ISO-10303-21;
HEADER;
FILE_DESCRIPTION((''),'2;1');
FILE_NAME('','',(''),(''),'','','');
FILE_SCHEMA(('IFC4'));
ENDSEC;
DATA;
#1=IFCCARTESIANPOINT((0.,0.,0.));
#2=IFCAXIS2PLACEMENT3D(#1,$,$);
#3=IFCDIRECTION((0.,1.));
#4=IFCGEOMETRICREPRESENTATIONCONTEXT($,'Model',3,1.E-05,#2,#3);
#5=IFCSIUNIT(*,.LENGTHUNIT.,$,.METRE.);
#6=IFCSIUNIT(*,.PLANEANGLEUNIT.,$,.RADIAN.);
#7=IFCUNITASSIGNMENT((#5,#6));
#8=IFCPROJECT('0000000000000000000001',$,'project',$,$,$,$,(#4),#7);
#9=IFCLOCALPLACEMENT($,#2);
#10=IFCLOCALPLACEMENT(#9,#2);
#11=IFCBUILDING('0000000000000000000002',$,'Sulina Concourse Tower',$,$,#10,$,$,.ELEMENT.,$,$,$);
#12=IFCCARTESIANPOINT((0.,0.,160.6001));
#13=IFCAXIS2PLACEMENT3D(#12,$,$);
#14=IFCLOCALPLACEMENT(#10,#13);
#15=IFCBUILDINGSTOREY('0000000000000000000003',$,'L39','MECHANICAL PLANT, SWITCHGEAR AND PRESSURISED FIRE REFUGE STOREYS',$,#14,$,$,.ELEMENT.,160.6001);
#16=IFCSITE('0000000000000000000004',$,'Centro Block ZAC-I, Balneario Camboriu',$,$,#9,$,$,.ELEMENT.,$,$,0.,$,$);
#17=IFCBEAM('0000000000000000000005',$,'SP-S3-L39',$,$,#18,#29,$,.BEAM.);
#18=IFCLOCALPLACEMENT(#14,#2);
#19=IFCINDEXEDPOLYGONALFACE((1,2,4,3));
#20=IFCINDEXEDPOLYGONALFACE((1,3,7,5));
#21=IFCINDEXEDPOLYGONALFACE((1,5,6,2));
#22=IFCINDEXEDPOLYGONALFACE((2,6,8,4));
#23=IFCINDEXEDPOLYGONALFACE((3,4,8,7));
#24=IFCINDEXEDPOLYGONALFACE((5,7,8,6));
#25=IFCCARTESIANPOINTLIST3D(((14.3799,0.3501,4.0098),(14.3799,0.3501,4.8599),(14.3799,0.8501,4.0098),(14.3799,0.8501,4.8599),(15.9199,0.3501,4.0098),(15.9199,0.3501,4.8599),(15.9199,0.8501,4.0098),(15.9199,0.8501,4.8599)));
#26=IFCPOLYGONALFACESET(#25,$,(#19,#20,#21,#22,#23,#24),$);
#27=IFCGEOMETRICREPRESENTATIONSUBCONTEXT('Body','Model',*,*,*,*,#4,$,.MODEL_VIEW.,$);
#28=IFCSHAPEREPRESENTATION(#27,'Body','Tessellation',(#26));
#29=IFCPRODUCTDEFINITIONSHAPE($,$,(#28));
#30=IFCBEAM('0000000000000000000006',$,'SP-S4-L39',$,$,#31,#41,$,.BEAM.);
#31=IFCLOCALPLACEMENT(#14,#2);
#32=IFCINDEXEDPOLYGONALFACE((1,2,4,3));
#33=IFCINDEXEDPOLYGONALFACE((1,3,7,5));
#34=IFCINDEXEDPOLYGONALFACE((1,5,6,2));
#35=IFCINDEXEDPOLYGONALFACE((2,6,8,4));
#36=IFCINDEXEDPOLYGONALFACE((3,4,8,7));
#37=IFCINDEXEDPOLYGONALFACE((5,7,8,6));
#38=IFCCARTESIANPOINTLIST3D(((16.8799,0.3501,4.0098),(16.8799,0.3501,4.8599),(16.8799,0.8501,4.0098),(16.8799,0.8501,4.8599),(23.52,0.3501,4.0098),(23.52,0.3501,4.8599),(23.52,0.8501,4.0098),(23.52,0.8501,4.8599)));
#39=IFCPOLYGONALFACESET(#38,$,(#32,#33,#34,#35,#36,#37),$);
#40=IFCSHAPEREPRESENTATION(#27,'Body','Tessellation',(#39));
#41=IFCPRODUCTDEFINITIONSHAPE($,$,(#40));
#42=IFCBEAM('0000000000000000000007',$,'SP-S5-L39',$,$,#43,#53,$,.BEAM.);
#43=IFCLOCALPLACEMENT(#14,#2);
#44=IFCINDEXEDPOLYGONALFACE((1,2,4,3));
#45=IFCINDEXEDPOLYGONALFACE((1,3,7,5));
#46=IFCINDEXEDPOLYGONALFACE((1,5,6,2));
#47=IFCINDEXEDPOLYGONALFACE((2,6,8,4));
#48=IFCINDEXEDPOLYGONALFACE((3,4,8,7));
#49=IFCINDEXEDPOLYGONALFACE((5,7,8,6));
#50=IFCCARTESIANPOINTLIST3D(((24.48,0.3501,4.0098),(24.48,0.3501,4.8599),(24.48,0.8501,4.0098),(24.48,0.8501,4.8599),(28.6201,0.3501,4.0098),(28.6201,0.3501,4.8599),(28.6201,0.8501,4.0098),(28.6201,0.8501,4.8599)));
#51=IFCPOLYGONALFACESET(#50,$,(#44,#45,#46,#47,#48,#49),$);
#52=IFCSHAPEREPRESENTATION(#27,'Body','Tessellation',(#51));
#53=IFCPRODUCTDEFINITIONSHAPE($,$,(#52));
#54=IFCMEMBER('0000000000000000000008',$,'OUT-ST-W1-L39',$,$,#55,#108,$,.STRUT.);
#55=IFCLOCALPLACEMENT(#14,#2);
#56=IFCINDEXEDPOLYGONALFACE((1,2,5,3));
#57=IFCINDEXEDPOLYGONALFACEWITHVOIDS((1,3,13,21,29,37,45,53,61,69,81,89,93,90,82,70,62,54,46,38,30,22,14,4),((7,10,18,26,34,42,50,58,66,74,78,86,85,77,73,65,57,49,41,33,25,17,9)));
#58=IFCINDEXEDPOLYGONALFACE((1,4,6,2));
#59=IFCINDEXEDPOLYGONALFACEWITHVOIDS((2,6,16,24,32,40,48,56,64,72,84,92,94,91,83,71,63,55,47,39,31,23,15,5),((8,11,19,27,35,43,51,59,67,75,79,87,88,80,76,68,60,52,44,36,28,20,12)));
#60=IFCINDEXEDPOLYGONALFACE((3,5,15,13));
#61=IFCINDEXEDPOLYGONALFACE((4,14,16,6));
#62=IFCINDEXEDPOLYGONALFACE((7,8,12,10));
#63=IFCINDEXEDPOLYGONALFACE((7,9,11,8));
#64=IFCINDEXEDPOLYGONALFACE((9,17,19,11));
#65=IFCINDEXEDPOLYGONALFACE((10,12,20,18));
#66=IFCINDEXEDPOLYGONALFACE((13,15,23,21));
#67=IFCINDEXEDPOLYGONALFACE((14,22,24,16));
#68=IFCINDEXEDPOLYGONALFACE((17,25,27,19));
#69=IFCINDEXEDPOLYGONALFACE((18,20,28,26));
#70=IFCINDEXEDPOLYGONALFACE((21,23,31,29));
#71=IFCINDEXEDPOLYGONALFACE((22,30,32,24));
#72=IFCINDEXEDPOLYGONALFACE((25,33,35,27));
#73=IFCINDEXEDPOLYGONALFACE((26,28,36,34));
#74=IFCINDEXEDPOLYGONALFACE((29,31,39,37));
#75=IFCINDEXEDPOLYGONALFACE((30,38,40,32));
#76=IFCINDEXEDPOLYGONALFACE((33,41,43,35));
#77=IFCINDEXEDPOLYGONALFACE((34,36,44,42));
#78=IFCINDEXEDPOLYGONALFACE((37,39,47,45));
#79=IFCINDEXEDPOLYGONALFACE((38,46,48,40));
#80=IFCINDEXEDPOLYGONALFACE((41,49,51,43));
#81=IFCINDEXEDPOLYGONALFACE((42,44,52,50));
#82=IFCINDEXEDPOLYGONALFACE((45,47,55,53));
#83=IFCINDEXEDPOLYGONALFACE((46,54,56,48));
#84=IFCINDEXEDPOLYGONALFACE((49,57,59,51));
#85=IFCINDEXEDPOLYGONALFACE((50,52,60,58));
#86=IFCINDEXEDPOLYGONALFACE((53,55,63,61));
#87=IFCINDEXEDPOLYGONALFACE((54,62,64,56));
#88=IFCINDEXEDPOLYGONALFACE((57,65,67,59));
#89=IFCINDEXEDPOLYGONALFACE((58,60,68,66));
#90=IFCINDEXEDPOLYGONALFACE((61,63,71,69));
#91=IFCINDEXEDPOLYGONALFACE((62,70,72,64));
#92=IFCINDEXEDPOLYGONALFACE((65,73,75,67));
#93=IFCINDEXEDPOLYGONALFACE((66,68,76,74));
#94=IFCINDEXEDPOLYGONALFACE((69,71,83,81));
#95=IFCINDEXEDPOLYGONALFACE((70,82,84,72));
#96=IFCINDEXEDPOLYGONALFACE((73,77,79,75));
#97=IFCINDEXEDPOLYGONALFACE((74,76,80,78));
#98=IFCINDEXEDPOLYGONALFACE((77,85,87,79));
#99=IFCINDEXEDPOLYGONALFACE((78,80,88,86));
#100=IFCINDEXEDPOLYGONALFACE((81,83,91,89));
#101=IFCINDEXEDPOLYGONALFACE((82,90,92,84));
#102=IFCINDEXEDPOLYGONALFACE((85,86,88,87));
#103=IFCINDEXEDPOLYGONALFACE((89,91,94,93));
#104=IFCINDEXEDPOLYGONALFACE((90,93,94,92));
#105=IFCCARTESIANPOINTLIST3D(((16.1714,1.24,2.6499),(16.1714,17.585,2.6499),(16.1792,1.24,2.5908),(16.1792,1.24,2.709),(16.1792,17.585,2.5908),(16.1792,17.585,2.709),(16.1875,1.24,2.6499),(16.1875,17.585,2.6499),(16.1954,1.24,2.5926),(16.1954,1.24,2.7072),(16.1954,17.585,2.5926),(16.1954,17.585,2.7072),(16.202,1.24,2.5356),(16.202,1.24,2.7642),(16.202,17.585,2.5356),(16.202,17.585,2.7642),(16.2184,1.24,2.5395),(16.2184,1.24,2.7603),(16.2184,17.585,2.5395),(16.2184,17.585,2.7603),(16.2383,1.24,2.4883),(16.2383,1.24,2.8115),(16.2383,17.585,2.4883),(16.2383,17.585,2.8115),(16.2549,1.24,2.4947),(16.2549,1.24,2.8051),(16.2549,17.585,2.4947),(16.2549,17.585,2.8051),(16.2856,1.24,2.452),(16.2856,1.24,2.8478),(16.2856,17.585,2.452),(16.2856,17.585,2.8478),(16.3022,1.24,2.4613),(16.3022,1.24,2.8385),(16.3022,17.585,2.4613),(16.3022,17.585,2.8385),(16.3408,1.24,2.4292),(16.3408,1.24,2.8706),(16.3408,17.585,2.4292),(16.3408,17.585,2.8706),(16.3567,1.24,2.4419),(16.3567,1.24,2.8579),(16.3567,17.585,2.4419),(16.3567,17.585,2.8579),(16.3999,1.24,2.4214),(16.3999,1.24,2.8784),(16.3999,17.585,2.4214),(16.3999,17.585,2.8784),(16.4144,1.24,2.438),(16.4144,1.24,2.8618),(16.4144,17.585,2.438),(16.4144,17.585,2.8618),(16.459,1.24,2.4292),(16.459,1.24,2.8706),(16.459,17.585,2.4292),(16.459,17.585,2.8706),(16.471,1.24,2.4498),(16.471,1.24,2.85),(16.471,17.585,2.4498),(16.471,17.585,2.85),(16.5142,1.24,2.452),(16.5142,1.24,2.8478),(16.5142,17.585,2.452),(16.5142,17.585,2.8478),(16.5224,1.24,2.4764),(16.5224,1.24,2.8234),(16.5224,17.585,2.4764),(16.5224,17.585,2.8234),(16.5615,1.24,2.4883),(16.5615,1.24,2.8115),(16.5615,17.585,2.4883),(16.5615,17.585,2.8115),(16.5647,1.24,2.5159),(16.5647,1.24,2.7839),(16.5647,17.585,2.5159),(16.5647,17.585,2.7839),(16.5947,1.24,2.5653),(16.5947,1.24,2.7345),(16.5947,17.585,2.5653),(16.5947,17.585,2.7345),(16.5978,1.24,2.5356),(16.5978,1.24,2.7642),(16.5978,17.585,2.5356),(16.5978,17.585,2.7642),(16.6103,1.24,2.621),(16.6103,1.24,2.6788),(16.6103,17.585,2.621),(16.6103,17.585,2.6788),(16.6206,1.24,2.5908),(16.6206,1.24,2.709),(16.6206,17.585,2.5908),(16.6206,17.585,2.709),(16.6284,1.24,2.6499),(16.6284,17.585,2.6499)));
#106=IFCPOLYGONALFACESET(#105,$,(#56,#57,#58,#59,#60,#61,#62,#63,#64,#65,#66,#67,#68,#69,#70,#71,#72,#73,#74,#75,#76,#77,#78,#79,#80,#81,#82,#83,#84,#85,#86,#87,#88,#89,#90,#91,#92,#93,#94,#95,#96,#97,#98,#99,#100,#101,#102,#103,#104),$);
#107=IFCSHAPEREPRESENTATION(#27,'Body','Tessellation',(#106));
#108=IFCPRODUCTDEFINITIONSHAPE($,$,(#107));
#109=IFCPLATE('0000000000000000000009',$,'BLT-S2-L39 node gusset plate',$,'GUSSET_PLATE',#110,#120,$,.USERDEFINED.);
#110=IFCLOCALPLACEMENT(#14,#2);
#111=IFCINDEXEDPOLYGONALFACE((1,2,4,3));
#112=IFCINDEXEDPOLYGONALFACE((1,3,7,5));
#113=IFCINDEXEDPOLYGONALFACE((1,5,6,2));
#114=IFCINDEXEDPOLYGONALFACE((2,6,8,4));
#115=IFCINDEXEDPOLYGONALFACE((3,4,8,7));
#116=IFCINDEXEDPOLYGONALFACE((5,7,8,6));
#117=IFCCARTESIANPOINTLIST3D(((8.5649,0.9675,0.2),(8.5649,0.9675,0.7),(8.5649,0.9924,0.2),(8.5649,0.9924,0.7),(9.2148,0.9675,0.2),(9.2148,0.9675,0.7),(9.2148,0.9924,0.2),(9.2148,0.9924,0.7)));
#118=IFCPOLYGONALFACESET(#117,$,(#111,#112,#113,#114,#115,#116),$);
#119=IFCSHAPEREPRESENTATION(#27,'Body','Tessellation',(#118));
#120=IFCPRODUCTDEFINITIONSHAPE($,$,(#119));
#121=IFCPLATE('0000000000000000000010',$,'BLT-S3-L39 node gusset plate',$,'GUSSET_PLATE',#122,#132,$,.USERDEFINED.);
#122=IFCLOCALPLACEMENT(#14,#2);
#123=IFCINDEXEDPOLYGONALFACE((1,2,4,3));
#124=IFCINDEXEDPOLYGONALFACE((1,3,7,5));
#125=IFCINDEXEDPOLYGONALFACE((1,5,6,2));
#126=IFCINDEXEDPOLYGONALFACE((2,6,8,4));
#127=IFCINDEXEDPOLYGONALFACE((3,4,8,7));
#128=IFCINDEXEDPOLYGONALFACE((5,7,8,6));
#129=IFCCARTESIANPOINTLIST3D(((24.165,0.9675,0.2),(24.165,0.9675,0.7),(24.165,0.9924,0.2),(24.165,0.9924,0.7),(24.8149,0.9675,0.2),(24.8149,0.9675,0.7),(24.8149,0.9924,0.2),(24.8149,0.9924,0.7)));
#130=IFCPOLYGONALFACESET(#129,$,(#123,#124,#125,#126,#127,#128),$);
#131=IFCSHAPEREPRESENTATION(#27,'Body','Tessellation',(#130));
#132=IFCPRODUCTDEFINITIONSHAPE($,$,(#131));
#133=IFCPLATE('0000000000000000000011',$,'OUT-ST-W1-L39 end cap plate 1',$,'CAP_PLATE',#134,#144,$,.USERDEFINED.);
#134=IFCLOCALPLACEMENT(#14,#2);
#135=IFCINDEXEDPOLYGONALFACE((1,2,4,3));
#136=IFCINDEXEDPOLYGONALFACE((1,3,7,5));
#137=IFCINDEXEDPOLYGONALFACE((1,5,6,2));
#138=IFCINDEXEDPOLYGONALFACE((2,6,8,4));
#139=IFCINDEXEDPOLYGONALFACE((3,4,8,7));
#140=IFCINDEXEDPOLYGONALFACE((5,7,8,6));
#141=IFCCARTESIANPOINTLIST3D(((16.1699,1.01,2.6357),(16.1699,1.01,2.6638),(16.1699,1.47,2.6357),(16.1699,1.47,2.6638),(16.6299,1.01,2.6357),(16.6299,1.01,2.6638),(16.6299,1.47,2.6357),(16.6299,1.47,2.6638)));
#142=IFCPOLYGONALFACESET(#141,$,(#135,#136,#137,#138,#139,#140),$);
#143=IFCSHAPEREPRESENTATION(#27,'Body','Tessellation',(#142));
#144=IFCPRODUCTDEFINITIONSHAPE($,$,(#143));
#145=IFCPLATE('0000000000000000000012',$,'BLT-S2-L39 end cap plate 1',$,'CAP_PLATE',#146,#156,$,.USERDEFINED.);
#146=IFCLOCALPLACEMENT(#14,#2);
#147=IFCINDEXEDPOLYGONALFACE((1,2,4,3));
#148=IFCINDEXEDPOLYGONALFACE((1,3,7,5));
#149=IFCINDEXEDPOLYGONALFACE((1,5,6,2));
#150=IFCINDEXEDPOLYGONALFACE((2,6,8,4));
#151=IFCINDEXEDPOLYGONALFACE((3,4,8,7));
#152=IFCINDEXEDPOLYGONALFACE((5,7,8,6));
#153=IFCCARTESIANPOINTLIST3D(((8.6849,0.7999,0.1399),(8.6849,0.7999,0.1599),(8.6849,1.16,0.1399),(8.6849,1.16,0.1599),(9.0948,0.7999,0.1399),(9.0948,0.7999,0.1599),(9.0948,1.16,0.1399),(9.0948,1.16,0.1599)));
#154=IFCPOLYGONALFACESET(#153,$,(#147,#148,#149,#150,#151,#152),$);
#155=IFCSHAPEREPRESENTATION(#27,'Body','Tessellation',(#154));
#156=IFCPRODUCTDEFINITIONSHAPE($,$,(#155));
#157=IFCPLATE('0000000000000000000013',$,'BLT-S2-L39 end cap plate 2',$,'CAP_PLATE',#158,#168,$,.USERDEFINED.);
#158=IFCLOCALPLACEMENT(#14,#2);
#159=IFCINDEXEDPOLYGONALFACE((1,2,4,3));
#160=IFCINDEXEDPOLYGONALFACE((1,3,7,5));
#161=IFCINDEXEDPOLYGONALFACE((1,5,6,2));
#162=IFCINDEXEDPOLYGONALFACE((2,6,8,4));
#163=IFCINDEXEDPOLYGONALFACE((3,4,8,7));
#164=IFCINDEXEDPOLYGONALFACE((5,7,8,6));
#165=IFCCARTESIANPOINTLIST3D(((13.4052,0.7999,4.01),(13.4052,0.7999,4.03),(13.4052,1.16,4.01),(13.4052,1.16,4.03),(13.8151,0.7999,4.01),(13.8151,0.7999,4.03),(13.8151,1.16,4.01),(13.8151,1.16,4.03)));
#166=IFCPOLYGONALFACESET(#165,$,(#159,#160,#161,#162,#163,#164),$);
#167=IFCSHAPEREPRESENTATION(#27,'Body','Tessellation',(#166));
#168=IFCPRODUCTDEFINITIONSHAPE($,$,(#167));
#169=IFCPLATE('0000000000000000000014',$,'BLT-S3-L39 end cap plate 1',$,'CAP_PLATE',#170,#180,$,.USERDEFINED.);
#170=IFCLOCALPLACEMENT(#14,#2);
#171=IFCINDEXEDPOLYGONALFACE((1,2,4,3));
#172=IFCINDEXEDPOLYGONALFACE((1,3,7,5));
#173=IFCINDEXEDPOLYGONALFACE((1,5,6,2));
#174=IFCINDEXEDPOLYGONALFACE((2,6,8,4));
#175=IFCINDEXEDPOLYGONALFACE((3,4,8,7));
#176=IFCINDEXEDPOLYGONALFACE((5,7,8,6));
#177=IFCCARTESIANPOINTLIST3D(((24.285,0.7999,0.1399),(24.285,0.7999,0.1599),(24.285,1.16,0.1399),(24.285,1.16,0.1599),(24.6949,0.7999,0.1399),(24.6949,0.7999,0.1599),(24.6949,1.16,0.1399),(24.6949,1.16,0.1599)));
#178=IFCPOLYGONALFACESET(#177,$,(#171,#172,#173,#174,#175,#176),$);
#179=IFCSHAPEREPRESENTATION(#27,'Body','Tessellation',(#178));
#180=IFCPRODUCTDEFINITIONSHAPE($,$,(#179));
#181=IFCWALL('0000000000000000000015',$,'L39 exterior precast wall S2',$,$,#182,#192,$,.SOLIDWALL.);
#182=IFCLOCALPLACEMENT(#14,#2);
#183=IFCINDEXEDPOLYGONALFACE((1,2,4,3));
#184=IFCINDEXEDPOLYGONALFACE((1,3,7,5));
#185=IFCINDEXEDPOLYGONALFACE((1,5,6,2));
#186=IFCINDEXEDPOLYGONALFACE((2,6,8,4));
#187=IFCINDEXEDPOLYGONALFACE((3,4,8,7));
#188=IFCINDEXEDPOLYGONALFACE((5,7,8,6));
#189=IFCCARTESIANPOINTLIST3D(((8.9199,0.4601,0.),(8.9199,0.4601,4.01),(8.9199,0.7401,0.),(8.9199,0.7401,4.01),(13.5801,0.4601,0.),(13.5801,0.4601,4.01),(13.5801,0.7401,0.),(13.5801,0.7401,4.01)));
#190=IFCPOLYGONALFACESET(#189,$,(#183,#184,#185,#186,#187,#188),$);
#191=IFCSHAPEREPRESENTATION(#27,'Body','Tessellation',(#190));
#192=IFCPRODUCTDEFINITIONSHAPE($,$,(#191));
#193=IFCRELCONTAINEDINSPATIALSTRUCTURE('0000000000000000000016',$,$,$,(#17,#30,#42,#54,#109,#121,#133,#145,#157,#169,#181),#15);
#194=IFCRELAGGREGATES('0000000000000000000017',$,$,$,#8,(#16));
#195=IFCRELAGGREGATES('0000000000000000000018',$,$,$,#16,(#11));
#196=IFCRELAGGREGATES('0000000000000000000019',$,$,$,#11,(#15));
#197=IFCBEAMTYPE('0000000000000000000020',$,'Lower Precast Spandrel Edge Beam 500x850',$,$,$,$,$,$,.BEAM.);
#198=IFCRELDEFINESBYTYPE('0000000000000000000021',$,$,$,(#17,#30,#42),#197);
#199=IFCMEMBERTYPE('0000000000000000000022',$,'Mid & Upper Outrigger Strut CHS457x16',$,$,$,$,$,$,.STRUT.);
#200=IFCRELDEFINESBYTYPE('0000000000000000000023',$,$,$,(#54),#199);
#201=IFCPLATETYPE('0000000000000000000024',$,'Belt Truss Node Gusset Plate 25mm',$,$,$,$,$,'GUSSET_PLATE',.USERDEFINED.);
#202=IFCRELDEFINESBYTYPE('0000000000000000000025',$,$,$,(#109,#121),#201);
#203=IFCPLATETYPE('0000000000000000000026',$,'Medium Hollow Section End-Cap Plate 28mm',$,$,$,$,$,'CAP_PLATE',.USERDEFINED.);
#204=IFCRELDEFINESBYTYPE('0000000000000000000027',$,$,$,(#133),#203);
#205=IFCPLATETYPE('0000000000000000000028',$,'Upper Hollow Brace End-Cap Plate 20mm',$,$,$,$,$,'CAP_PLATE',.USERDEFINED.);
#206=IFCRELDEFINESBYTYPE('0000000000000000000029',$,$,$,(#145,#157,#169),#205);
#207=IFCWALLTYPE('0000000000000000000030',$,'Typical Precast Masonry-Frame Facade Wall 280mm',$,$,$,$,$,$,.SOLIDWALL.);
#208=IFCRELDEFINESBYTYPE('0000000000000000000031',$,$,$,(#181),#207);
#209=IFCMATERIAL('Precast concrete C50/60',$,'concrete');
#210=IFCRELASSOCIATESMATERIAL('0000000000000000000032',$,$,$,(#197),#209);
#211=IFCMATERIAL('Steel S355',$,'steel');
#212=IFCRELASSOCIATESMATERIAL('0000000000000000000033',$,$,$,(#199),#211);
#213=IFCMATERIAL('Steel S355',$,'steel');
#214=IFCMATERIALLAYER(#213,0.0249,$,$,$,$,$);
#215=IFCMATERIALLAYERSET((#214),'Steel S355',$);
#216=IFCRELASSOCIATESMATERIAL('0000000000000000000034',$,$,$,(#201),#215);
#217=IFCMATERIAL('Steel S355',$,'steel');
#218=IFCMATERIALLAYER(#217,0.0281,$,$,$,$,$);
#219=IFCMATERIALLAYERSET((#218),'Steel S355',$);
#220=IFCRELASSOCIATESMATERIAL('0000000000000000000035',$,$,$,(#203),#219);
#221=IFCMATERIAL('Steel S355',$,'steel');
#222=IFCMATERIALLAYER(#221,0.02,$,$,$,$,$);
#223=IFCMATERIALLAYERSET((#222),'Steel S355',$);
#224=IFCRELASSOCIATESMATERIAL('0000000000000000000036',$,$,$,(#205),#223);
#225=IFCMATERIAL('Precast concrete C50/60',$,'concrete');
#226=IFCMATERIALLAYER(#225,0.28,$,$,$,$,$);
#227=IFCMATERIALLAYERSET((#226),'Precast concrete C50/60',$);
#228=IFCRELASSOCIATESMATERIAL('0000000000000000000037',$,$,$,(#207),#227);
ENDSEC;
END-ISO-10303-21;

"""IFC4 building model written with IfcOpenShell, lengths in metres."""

from ifc_helpers import new_model, si_unit, direction, frame, frame_2d, origin, origin_2d, place, context, subcontext, project, spatial, rectangle, hollow_circle, extrude, material, layer, layer_set, material_profile, profile_set, type_object, element, save


model = new_model("IFC4")

# Units and contexts
model_context = context("Model", 3, precision=1e-05, world=origin(), true_north=direction((0.0, 1.0)))
body_context = subcontext(model_context, "Body", "Model", "MODEL_VIEW")
ifc_project = project(units=[si_unit("LENGTHUNIT", "METRE"), si_unit("PLANEANGLEUNIT", "RADIAN")], contexts=[model_context])

# Site, building, storey
site_placement = place(None, origin())
site = spatial("IfcSite", under=ifc_project, at=site_placement, Name="Centro Block ZAC-I, Balneario Camboriu", CompositionType="ELEMENT", RefElevation=0.0)
building_placement = place(site_placement, origin())
building = spatial("IfcBuilding", under=site, at=building_placement, Name="Sulina Concourse Tower", CompositionType="ELEMENT")
storey_placement = place(building_placement, frame((0.0, 0.0, 160.6001)))
storey = spatial("IfcBuildingStorey", under=building, at=storey_placement, Name="L39", Description="MECHANICAL PLANT, SWITCHGEAR AND PRESSURISED FIRE REFUGE STOREYS", CompositionType="ELEMENT", Elevation=160.6001)

# Beams
ifc_material_1 = material(Name="Precast concrete C50/60", Category="concrete")
ifc_material_profile_1 = material_profile(ifc_material_1, rectangle(XDim=0.5, YDim=0.8501, at=origin_2d()), Name="RC 500x850")
ifc_profile_set_1 = profile_set([ifc_material_profile_1], Name="Precast concrete C50/60")
beam_type_1 = type_object("IfcBeamType", Name="Lower Precast Spandrel Edge Beam 500x850", PredefinedType="BEAM", material=ifc_profile_set_1)
beam_1_placement = place(storey_placement, frame((14.3799, 0.6001, 4.4348), z_axis=(1.0, 0.0, 0.0), x_axis=(0.0, 1.0, 0.0)))
element("IfcBeam", 1, at=beam_1_placement, inside=storey, type_object=beam_type_1, Name="SP-S3-L39", PredefinedType="BEAM", context=body_context, shape_type="SweptSolid", body=[
    extrude(rectangle(XDim=0.5, YDim=0.8501, at=origin_2d()), origin(), (0.0, 0.0, 1.0), 1.54),
])
beam_2_placement = place(storey_placement, frame((16.8799, 0.6001, 4.4348), z_axis=(1.0, 0.0, 0.0), x_axis=(0.0, 1.0, 0.0)))
element("IfcBeam", 2, at=beam_2_placement, inside=storey, type_object=beam_type_1, Name="SP-S4-L39", PredefinedType="BEAM", context=body_context, shape_type="SweptSolid", body=[
    extrude(rectangle(XDim=0.5, YDim=0.8501, at=origin_2d()), origin(), (0.0, 0.0, 1.0), 6.6401),
])
beam_3_placement = place(storey_placement, frame((24.48, 0.6001, 4.4348), z_axis=(1.0, 0.0, 0.0), x_axis=(0.0, 1.0, 0.0)))
element("IfcBeam", 3, at=beam_3_placement, inside=storey, type_object=beam_type_1, Name="SP-S5-L39", PredefinedType="BEAM", context=body_context, shape_type="SweptSolid", body=[
    extrude(rectangle(XDim=0.5, YDim=0.8501, at=origin_2d()), origin(), (0.0, 0.0, 1.0), 4.1401),
])

# Member
ifc_material_2 = material(Name="Steel S355", Category="steel")
ifc_material_profile_2 = material_profile(ifc_material_2, hollow_circle(Radius=0.2285, WallThickness=0.0161, at=origin_2d()), Name="CHS 457x16")
ifc_profile_set_2 = profile_set([ifc_material_profile_2], Name="Steel S355")
member_type_1 = type_object("IfcMemberType", Name="Mid & Upper Outrigger Strut CHS457x16", PredefinedType="STRUT", material=ifc_profile_set_2)
member_1_placement = place(storey_placement, frame((16.3999, 1.24, 2.6499), z_axis=(0.0, 1.0, 0.0), x_axis=(-1.0, 0.0, 0.0)))
element("IfcMember", 4, at=member_1_placement, inside=storey, type_object=member_type_1, Name="OUT-ST-W1-L39", PredefinedType="STRUT", context=body_context, shape_type="SweptSolid", body=[
    extrude(hollow_circle(Radius=0.2285, WallThickness=0.0161, at=origin_2d()), origin(), (0.0, 0.0, 1.0), 16.345),
])

# Plates
ifc_material_3 = material(Name="Steel S355", Category="steel")
ifc_layer_1 = layer(ifc_material_3, 0.0249)
ifc_layer_set_1 = layer_set([ifc_layer_1], Name="Steel S355")
plate_type_1 = type_object("IfcPlateType", Name="Belt Truss Node Gusset Plate 25mm", ElementType="GUSSET_PLATE", PredefinedType="USERDEFINED", material=ifc_layer_set_1)
for number, where, z_axis, x_axis, name in (
    (5, (8.8899, 0.98, 0.2), (0.0, 0.0, 1.0), (1.0, 0.0, 0.0), "BLT-S2-L39 node gusset plate"),
    (6, (24.49, 0.98, 0.2), (0.0, 0.0, 1.0), (1.0, 0.0, 0.0), "BLT-S3-L39 node gusset plate"),
):
    element("IfcPlate", number, at=place(storey_placement, frame(where, z_axis=z_axis, x_axis=x_axis)), inside=storey, type_object=plate_type_1, Name=name, ObjectType="GUSSET_PLATE", PredefinedType="USERDEFINED", context=body_context, shape_type="SweptSolid", body=[
        extrude(rectangle(XDim=0.6499, YDim=0.0249, at=origin_2d()), origin(), (0.0, 0.0, 1.0), 0.5),
    ])
ifc_material_4 = material(Name="Steel S355", Category="steel")
ifc_layer_2 = layer(ifc_material_4, 0.0281)
ifc_layer_set_2 = layer_set([ifc_layer_2], Name="Steel S355")
plate_type_2 = type_object("IfcPlateType", Name="Medium Hollow Section End-Cap Plate 28mm", ElementType="CAP_PLATE", PredefinedType="USERDEFINED", material=ifc_layer_set_2)
plate_placement = place(storey_placement, frame((16.3999, 1.24, 2.6357), z_axis=(0.0, 0.0, 1.0), x_axis=(1.0, 0.0, 0.0)))
element("IfcPlate", 7, at=plate_placement, inside=storey, type_object=plate_type_2, Name="OUT-ST-W1-L39 end cap plate 1", ObjectType="CAP_PLATE", PredefinedType="USERDEFINED", context=body_context, shape_type="SweptSolid", body=[
    extrude(rectangle(XDim=0.46, YDim=0.46, at=origin_2d()), origin(), (0.0, 0.0, 1.0), 0.0281),
])
ifc_material_5 = material(Name="Steel S355", Category="steel")
ifc_layer_3 = layer(ifc_material_5, 0.02)
ifc_layer_set_3 = layer_set([ifc_layer_3], Name="Steel S355")
plate_type_3 = type_object("IfcPlateType", Name="Upper Hollow Brace End-Cap Plate 20mm", ElementType="CAP_PLATE", PredefinedType="USERDEFINED", material=ifc_layer_set_3)
for number, where, z_axis, x_axis, name in (
    (8, (8.8899, 0.98, 0.1399), (0.0, 0.0, 1.0), (1.0, 0.0, 0.0), "BLT-S2-L39 end cap plate 1"),
    (9, (13.6101, 0.98, 4.01), (0.0, 0.0, 1.0), (1.0, 0.0, 0.0), "BLT-S2-L39 end cap plate 2"),
    (10, (24.49, 0.98, 0.1399), (0.0, 0.0, 1.0), (1.0, 0.0, 0.0), "BLT-S3-L39 end cap plate 1"),
):
    element("IfcPlate", number, at=place(storey_placement, frame(where, z_axis=z_axis, x_axis=x_axis)), inside=storey, type_object=plate_type_3, Name=name, ObjectType="CAP_PLATE", PredefinedType="USERDEFINED", context=body_context, shape_type="SweptSolid", body=[
        extrude(rectangle(XDim=0.4099, YDim=0.3601, at=origin_2d()), origin(), (0.0, 0.0, 1.0), 0.02),
    ])

# Wall
ifc_material_6 = material(Name="Precast concrete C50/60", Category="concrete")
ifc_layer_4 = layer(ifc_material_6, 0.28)
ifc_layer_set_4 = layer_set([ifc_layer_4], Name="Precast concrete C50/60")
wall_type = type_object("IfcWallType", Name="Typical Precast Masonry-Frame Facade Wall 280mm", PredefinedType="SOLIDWALL", material=ifc_layer_set_4)
wall_1_placement = place(storey_placement, frame((13.5801, 0.6001, 0.0), z_axis=(0.0, 0.0, 1.0), x_axis=(-1.0, 0.0, 0.0)))
element("IfcWall", 11, at=wall_1_placement, inside=storey, type_object=wall_type, Name="L39 exterior precast wall S2", PredefinedType="SOLIDWALL", context=body_context, shape_type="SweptSolid", body=[
    extrude(rectangle(XDim=4.6602, YDim=0.28, at=frame_2d((2.3301, 0.0))), origin(), (0.0, 0.0, 1.0), 4.01),
])

save(model, "model.ifc")
